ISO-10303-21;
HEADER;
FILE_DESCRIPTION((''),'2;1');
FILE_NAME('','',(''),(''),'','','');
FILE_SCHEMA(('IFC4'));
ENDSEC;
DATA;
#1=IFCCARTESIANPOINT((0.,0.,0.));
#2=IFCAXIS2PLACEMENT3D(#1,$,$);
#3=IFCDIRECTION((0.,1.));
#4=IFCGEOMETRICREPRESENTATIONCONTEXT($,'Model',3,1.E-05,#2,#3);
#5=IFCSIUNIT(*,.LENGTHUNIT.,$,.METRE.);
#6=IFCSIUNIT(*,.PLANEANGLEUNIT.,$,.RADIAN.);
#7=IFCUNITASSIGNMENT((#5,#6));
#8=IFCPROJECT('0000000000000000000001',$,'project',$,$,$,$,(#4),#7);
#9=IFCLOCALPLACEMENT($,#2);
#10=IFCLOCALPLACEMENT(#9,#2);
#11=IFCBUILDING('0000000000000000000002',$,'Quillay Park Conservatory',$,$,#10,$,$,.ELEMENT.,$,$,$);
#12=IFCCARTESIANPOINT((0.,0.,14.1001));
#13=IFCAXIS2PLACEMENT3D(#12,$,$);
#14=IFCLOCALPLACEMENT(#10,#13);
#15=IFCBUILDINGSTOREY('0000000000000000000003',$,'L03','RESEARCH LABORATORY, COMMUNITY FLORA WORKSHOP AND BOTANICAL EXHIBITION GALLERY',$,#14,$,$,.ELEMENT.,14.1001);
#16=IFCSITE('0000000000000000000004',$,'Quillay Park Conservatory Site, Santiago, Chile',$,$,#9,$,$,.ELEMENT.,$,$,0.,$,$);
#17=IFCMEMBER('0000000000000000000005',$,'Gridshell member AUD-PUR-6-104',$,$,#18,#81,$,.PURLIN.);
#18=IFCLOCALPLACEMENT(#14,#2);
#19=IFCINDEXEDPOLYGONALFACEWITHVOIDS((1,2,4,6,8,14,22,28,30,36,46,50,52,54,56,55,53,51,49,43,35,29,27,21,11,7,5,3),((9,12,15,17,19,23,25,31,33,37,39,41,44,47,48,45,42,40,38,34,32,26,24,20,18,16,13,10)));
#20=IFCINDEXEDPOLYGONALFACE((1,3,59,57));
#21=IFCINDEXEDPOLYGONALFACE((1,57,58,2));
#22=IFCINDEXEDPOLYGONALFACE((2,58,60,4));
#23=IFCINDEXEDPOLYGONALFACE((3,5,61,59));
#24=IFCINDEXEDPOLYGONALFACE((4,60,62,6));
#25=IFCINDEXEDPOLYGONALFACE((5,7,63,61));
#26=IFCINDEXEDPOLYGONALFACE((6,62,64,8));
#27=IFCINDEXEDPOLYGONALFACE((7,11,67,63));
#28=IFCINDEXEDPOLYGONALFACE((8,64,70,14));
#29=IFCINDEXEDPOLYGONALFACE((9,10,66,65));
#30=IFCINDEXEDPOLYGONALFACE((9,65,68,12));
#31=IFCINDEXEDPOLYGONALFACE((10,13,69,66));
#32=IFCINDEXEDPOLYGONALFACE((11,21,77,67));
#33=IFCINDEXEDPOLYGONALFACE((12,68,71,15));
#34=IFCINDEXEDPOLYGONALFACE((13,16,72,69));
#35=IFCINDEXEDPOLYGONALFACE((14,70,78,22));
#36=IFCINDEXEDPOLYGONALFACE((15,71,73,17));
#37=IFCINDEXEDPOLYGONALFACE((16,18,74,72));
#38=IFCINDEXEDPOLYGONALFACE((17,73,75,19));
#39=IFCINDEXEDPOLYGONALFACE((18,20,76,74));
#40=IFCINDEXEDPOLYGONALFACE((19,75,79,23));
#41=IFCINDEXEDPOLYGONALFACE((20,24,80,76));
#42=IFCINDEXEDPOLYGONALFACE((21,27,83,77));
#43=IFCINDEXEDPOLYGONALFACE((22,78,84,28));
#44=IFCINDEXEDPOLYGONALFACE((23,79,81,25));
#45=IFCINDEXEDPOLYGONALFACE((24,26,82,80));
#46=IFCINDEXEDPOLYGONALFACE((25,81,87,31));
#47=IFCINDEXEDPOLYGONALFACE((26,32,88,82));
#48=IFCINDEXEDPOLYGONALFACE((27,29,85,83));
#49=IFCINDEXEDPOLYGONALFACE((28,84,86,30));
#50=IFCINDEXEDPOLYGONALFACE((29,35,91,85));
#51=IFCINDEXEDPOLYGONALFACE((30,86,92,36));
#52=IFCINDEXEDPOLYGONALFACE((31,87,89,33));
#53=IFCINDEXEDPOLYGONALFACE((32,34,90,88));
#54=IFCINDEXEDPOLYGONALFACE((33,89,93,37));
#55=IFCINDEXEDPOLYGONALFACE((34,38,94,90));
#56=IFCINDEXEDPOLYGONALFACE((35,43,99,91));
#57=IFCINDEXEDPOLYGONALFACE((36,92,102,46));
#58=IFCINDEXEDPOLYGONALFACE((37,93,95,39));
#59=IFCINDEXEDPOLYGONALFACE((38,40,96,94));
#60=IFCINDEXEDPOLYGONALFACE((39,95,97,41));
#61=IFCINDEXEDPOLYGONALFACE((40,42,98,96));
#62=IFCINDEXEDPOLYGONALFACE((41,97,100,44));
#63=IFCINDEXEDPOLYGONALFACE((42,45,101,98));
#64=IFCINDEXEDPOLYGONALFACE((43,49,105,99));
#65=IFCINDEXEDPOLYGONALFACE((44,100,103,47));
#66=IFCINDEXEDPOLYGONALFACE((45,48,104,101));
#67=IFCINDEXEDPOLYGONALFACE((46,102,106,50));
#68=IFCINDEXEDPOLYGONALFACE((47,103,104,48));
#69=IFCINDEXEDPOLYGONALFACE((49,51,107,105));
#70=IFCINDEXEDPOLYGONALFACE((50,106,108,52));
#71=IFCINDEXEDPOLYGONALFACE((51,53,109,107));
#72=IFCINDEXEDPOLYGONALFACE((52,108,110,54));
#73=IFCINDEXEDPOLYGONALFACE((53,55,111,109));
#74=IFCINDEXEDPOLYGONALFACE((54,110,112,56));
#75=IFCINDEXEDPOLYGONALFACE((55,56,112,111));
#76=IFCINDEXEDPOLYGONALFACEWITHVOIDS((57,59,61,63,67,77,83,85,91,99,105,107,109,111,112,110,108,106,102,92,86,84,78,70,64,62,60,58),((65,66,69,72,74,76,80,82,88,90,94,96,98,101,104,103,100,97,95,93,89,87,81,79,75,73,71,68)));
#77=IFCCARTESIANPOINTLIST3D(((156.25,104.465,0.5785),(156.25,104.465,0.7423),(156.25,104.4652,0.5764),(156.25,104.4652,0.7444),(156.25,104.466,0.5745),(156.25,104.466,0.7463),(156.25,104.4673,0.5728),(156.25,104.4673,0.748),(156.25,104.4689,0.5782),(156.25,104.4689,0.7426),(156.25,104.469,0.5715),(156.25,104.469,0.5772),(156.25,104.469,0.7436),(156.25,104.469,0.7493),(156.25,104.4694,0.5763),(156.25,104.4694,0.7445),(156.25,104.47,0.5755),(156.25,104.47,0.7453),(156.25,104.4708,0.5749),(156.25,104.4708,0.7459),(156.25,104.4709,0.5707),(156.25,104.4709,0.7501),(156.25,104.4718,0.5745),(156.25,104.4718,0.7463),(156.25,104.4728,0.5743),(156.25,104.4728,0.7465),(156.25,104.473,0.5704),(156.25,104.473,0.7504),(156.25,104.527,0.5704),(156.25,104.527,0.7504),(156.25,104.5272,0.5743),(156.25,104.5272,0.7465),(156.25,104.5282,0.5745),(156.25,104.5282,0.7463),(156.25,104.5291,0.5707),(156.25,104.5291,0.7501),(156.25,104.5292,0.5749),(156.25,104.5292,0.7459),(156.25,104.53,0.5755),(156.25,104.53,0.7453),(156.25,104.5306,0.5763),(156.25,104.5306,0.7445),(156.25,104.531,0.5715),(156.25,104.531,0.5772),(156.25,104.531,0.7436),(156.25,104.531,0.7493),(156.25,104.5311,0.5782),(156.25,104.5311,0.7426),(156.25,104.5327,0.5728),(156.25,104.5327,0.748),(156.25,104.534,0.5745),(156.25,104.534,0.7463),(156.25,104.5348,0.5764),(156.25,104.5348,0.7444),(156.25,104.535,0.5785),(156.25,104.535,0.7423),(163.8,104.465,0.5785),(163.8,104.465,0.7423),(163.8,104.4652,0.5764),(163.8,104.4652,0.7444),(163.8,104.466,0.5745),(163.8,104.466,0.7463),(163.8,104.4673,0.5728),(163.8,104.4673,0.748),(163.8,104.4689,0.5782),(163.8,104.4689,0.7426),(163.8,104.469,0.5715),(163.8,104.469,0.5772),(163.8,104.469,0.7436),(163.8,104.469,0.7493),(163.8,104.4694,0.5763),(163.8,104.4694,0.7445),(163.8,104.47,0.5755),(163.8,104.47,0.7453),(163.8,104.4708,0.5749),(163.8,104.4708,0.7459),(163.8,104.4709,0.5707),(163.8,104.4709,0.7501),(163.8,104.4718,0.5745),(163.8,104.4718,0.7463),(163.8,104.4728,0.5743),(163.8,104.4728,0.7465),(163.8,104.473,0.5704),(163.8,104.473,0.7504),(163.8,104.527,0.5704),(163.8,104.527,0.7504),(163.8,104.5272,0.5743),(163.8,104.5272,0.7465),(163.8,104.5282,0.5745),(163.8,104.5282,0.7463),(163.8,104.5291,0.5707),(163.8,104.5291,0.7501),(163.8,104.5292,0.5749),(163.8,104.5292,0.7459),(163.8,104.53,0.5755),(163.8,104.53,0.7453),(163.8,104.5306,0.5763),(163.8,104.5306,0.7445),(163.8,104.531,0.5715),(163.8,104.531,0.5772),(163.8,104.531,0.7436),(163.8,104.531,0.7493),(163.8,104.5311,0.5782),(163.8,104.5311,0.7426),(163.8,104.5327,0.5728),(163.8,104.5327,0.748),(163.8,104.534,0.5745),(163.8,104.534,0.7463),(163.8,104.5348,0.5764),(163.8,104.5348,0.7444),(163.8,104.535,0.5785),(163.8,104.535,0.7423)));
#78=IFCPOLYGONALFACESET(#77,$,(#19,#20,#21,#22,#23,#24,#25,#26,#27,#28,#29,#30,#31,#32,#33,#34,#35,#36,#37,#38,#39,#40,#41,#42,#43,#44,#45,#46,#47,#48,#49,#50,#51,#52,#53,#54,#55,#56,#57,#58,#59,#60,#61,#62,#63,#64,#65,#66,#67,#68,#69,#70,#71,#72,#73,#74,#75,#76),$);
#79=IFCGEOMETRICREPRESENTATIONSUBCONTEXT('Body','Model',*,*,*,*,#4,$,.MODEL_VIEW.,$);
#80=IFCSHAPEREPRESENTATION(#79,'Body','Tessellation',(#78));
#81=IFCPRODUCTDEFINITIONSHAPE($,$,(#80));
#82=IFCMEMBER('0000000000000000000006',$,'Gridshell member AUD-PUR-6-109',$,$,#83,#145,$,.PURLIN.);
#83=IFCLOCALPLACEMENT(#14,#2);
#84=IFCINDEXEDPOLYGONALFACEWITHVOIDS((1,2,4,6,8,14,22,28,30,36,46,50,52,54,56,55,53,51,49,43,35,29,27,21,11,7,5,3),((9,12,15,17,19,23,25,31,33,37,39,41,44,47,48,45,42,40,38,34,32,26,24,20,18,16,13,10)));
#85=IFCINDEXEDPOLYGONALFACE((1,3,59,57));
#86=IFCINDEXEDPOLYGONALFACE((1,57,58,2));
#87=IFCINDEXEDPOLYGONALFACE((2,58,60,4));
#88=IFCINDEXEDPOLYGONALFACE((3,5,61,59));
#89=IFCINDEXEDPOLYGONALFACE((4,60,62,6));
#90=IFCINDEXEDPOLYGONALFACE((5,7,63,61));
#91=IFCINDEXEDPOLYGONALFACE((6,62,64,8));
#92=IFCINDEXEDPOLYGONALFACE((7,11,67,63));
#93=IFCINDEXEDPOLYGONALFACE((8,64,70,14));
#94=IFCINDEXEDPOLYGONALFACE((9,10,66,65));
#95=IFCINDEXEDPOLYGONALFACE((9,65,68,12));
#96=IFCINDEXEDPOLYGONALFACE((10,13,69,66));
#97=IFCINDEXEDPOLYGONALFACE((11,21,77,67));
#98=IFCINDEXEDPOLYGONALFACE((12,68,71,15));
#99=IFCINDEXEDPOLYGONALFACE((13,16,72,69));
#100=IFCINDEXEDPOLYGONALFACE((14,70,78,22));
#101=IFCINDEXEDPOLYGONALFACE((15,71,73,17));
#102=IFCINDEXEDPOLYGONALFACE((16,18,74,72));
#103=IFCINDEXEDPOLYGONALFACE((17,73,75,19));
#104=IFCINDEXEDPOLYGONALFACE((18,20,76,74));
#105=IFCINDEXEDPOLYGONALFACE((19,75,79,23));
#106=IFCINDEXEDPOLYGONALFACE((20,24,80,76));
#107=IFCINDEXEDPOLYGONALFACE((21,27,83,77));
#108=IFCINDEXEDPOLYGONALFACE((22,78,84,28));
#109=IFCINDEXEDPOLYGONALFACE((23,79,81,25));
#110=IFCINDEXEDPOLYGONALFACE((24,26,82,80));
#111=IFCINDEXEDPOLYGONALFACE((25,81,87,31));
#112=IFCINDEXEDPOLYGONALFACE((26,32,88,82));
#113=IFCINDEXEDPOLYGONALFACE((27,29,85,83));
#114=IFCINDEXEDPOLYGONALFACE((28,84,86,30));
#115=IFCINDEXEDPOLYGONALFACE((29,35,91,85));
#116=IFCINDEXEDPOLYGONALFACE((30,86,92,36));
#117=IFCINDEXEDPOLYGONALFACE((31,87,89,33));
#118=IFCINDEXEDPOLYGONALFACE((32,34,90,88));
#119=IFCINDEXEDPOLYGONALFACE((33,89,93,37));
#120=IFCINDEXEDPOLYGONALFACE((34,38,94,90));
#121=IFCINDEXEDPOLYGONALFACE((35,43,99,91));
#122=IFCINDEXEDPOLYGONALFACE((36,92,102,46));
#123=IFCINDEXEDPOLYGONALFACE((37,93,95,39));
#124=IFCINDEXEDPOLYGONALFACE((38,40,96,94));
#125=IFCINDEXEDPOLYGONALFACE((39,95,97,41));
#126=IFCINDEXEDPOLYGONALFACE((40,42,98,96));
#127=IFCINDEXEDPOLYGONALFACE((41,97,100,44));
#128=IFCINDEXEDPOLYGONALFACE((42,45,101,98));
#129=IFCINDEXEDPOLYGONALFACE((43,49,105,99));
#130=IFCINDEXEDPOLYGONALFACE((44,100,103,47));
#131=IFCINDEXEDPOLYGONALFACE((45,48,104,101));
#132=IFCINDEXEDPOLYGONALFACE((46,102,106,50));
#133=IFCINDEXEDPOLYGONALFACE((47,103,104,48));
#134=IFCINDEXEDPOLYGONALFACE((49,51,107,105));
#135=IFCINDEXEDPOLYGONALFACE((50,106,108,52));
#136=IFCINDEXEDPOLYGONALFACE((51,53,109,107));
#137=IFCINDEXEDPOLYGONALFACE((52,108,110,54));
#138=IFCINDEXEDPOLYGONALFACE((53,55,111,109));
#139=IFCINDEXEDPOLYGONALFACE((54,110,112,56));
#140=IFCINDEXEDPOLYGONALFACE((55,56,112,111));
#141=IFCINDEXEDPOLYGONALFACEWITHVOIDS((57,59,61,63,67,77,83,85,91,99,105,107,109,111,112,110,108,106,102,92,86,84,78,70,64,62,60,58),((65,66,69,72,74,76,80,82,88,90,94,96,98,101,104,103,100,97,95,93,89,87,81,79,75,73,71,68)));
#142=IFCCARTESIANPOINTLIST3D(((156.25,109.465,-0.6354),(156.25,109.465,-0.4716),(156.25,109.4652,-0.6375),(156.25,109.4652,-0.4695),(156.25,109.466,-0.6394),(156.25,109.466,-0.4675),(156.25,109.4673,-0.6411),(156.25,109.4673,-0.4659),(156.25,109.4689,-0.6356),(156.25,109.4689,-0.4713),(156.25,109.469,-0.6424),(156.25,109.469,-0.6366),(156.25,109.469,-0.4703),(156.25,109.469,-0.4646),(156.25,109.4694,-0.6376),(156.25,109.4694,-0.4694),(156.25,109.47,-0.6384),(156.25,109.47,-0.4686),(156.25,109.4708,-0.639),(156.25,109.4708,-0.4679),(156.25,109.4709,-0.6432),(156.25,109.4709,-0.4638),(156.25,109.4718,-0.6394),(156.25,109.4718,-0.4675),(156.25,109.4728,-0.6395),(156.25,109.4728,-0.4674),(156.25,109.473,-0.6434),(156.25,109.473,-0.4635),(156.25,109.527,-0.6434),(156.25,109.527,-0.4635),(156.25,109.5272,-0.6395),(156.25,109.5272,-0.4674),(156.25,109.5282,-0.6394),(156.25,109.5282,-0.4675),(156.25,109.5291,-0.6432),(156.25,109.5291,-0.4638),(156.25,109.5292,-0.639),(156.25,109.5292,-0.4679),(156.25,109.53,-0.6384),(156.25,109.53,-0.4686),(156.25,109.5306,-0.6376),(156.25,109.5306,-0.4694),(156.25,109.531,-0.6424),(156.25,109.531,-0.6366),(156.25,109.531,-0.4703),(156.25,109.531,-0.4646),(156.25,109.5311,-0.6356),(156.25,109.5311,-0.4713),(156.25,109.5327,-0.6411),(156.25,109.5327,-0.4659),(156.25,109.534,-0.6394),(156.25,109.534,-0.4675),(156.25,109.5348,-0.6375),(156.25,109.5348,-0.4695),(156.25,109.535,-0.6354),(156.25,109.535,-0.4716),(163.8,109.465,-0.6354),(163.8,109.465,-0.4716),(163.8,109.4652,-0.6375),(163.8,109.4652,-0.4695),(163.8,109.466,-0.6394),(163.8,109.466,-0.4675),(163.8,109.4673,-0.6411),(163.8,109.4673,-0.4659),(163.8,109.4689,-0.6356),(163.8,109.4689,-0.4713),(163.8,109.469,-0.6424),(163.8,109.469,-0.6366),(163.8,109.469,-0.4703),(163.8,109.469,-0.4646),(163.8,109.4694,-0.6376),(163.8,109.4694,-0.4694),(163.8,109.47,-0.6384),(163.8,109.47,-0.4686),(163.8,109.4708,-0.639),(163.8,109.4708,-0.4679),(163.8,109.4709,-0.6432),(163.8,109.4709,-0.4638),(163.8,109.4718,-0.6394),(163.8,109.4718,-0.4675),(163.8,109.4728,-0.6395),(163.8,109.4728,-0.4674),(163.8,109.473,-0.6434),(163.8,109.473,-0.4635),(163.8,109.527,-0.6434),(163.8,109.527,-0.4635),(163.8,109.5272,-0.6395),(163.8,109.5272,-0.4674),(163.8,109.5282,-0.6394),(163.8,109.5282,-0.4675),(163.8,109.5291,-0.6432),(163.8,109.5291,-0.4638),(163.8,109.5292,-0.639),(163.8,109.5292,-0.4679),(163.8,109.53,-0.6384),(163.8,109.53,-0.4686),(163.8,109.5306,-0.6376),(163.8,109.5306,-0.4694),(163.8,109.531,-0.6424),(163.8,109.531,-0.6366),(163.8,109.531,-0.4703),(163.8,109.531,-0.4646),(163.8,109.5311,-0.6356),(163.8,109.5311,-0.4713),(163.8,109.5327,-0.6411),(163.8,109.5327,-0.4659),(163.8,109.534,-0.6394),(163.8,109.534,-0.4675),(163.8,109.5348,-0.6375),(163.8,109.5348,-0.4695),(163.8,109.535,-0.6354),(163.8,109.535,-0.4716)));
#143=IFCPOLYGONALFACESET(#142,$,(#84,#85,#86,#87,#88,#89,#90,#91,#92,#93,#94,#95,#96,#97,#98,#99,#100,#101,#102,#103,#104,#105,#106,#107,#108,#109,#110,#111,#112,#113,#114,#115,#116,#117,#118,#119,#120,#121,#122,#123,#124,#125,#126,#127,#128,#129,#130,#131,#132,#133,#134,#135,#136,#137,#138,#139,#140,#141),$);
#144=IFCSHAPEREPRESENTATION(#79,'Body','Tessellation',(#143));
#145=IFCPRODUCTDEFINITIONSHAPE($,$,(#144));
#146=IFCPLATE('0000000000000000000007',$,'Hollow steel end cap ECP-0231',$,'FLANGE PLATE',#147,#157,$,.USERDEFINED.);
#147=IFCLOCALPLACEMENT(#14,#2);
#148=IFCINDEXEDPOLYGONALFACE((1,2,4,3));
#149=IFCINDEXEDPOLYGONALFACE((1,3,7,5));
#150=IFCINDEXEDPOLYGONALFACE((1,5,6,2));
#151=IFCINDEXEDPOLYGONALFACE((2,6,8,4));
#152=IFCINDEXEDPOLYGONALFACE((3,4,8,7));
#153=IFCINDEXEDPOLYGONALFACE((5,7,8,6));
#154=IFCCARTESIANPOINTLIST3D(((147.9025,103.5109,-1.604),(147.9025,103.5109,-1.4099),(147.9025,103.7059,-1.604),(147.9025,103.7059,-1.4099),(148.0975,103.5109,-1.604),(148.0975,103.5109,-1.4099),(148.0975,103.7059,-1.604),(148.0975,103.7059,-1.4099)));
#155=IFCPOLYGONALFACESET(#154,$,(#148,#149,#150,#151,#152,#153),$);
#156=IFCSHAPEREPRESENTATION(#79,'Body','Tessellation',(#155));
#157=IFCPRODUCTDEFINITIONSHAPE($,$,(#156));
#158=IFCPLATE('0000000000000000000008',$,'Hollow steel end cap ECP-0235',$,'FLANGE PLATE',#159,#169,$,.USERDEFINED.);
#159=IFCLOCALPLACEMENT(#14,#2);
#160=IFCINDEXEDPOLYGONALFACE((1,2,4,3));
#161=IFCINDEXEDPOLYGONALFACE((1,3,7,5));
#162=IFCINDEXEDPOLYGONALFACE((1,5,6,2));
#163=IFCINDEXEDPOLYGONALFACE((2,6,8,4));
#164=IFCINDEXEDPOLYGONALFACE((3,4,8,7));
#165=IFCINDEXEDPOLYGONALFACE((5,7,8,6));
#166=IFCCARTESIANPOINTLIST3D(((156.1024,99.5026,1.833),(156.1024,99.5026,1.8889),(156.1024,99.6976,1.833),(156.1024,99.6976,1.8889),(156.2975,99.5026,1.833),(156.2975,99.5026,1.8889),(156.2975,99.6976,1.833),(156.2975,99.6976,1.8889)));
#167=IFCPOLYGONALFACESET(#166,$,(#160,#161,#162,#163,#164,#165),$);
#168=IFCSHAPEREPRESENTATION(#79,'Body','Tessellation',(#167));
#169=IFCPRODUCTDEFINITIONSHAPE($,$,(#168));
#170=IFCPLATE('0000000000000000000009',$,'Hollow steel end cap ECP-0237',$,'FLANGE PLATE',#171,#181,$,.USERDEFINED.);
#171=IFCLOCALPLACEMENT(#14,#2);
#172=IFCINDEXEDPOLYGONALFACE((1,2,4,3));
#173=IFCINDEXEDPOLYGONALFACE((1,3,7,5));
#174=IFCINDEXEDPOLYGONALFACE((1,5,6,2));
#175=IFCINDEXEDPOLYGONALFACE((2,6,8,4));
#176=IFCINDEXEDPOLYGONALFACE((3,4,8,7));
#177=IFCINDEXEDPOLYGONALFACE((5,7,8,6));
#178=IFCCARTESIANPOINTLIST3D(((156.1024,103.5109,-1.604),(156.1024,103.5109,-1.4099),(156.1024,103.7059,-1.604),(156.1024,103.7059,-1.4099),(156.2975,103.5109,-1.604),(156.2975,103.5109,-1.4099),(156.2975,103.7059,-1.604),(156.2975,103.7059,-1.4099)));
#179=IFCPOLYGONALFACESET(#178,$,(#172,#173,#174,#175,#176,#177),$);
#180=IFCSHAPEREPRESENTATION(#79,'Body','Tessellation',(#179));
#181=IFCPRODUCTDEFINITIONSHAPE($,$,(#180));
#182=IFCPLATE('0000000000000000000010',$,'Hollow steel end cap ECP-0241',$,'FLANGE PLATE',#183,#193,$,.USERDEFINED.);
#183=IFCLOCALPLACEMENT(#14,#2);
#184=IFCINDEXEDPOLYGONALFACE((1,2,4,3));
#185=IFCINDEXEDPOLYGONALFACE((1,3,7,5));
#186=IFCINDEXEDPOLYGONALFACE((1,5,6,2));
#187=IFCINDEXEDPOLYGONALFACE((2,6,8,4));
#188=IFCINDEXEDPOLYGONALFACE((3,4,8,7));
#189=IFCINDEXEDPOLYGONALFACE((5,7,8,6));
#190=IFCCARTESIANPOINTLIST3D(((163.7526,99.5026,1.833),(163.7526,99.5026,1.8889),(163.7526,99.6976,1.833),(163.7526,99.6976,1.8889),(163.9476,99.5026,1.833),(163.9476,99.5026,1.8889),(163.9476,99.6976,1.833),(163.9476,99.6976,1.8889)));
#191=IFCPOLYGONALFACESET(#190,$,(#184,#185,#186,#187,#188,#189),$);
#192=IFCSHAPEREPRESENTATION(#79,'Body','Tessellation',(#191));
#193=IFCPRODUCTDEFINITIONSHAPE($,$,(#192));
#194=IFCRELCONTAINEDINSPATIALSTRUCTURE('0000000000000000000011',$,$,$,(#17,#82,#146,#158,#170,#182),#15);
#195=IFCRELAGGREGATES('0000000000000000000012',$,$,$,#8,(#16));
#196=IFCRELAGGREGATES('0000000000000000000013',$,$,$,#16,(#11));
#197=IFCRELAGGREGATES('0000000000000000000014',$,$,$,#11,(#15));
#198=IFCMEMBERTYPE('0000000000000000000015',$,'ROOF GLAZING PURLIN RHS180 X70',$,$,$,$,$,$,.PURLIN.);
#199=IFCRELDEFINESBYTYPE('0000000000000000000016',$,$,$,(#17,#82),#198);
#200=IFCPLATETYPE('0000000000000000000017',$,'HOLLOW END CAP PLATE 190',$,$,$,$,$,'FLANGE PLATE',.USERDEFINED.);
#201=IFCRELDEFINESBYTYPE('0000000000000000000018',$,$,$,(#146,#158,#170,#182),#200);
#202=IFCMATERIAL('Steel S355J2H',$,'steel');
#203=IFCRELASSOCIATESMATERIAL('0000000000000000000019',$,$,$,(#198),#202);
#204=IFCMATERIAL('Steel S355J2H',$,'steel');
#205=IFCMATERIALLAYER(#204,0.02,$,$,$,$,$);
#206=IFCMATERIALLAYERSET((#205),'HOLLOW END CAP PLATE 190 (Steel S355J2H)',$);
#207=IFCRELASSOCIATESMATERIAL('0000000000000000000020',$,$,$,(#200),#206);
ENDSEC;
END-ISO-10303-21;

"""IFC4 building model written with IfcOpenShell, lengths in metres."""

from ifc_helpers import new_model, si_unit, direction, frame, origin, origin_2d, place, context, subcontext, project, spatial, rectangle, hollow_rectangle, extrude, material, layer, layer_set, material_profile, profile_set, type_object, element, save


model = new_model("IFC4")

# Units and contexts
model_context = context("Model", 3, precision=1e-05, world=origin(), true_north=direction((0.0, 1.0)))
body_context = subcontext(model_context, "Body", "Model", "MODEL_VIEW")
ifc_project = project(units=[si_unit("LENGTHUNIT", "METRE"), si_unit("PLANEANGLEUNIT", "RADIAN")], contexts=[model_context])

# Site, building, storey
site_placement = place(None, origin())
site = spatial("IfcSite", under=ifc_project, at=site_placement, Name="Quillay Park Conservatory Site, Santiago, Chile", CompositionType="ELEMENT", RefElevation=0.0)
building_placement = place(site_placement, origin())
building = spatial("IfcBuilding", under=site, at=building_placement, Name="Quillay Park Conservatory", CompositionType="ELEMENT")
storey_placement = place(building_placement, frame((0.0, 0.0, 14.1001)))
storey = spatial("IfcBuildingStorey", under=building, at=storey_placement, Name="L03", Description="RESEARCH LABORATORY, COMMUNITY FLORA WORKSHOP AND BOTANICAL EXHIBITION GALLERY", CompositionType="ELEMENT", Elevation=14.1001)

# Members
ifc_material_1 = material(Name="Steel S355J2H", Category="steel")
ifc_material_profile_1 = material_profile(ifc_material_1, hollow_rectangle(XDim=0.0701, YDim=0.1799, WallThickness=0.0039, InnerFilletRadius=0.0039, OuterFilletRadius=0.0081, at=origin_2d()), Name="RHS180x70x4")
ifc_profile_set_1 = profile_set([ifc_material_profile_1], Name="Steel S355J2H")
member_type_1 = type_object("IfcMemberType", Name="ROOF GLAZING PURLIN RHS180 X70", PredefinedType="PURLIN", material=ifc_profile_set_1)
for number, where, z_axis, x_axis, name in (
    (1, (156.25, 104.5, 0.6604), (1.0, 0.0, 0.0), (0.0, 1.0, 0.0), "Gridshell member AUD-PUR-6-104"),
    (2, (156.25, 109.5, -0.5535), (1.0, 0.0, 0.0), (0.0, 1.0, 0.0), "Gridshell member AUD-PUR-6-109"),
):
    element("IfcMember", number, at=place(storey_placement, frame(where, z_axis=z_axis, x_axis=x_axis)), inside=storey, type_object=member_type_1, Name=name, PredefinedType="PURLIN", context=body_context, shape_type="SweptSolid", body=[
        extrude(hollow_rectangle(XDim=0.0701, YDim=0.1799, WallThickness=0.0039, InnerFilletRadius=0.0039, OuterFilletRadius=0.0081, at=origin_2d()), origin(), (0.0, 0.0, 1.0), 7.55),
    ])

# Plates
ifc_material_2 = material(Name="Steel S355J2H", Category="steel")
ifc_layer_1 = layer(ifc_material_2, 0.02)
ifc_layer_set_1 = layer_set([ifc_layer_1], Name="HOLLOW END CAP PLATE 190 (Steel S355J2H)")
plate_type_1 = type_object("IfcPlateType", Name="HOLLOW END CAP PLATE 190", ElementType="FLANGE PLATE", PredefinedType="USERDEFINED", material=ifc_layer_set_1)
plate_1_placement = place(storey_placement, frame((148.0, 103.6084, -1.604), z_axis=(0.0, 0.0, 1.0), x_axis=(1.0, 0.0, 0.0)))
element("IfcPlate", 3, at=plate_1_placement, inside=storey, type_object=plate_type_1, Name="Hollow steel end cap ECP-0231", ObjectType="FLANGE PLATE", PredefinedType="USERDEFINED", context=body_context, shape_type="SweptSolid", body=[
    extrude(rectangle(XDim=0.1951, YDim=0.1951, at=origin_2d()), origin(), (0.0, 0.0, 1.0), 0.1941),
])
plate_2_placement = place(storey_placement, frame((156.2, 99.6001, 1.833), z_axis=(0.0, 0.0, 1.0), x_axis=(1.0, 0.0, 0.0)))
element("IfcPlate", 4, at=plate_2_placement, inside=storey, type_object=plate_type_1, Name="Hollow steel end cap ECP-0235", ObjectType="FLANGE PLATE", PredefinedType="USERDEFINED", context=body_context, shape_type="SweptSolid", body=[
    extrude(rectangle(XDim=0.1951, YDim=0.1951, at=origin_2d()), origin(), (0.0, 0.0, 1.0), 0.0559),
])
plate_3_placement = place(storey_placement, frame((156.2, 103.6084, -1.604), z_axis=(0.0, 0.0, 1.0), x_axis=(1.0, 0.0, 0.0)))
element("IfcPlate", 5, at=plate_3_placement, inside=storey, type_object=plate_type_1, Name="Hollow steel end cap ECP-0237", ObjectType="FLANGE PLATE", PredefinedType="USERDEFINED", context=body_context, shape_type="SweptSolid", body=[
    extrude(rectangle(XDim=0.1951, YDim=0.1951, at=origin_2d()), origin(), (0.0, 0.0, 1.0), 0.1941),
])
plate_4_placement = place(storey_placement, frame((163.8501, 99.6001, 1.833), z_axis=(0.0, 0.0, 1.0), x_axis=(1.0, 0.0, 0.0)))
element("IfcPlate", 6, at=plate_4_placement, inside=storey, type_object=plate_type_1, Name="Hollow steel end cap ECP-0241", ObjectType="FLANGE PLATE", PredefinedType="USERDEFINED", context=body_context, shape_type="SweptSolid", body=[
    extrude(rectangle(XDim=0.1951, YDim=0.1951, at=origin_2d()), origin(), (0.0, 0.0, 1.0), 0.0559),
])

save(model, "model.ifc")
